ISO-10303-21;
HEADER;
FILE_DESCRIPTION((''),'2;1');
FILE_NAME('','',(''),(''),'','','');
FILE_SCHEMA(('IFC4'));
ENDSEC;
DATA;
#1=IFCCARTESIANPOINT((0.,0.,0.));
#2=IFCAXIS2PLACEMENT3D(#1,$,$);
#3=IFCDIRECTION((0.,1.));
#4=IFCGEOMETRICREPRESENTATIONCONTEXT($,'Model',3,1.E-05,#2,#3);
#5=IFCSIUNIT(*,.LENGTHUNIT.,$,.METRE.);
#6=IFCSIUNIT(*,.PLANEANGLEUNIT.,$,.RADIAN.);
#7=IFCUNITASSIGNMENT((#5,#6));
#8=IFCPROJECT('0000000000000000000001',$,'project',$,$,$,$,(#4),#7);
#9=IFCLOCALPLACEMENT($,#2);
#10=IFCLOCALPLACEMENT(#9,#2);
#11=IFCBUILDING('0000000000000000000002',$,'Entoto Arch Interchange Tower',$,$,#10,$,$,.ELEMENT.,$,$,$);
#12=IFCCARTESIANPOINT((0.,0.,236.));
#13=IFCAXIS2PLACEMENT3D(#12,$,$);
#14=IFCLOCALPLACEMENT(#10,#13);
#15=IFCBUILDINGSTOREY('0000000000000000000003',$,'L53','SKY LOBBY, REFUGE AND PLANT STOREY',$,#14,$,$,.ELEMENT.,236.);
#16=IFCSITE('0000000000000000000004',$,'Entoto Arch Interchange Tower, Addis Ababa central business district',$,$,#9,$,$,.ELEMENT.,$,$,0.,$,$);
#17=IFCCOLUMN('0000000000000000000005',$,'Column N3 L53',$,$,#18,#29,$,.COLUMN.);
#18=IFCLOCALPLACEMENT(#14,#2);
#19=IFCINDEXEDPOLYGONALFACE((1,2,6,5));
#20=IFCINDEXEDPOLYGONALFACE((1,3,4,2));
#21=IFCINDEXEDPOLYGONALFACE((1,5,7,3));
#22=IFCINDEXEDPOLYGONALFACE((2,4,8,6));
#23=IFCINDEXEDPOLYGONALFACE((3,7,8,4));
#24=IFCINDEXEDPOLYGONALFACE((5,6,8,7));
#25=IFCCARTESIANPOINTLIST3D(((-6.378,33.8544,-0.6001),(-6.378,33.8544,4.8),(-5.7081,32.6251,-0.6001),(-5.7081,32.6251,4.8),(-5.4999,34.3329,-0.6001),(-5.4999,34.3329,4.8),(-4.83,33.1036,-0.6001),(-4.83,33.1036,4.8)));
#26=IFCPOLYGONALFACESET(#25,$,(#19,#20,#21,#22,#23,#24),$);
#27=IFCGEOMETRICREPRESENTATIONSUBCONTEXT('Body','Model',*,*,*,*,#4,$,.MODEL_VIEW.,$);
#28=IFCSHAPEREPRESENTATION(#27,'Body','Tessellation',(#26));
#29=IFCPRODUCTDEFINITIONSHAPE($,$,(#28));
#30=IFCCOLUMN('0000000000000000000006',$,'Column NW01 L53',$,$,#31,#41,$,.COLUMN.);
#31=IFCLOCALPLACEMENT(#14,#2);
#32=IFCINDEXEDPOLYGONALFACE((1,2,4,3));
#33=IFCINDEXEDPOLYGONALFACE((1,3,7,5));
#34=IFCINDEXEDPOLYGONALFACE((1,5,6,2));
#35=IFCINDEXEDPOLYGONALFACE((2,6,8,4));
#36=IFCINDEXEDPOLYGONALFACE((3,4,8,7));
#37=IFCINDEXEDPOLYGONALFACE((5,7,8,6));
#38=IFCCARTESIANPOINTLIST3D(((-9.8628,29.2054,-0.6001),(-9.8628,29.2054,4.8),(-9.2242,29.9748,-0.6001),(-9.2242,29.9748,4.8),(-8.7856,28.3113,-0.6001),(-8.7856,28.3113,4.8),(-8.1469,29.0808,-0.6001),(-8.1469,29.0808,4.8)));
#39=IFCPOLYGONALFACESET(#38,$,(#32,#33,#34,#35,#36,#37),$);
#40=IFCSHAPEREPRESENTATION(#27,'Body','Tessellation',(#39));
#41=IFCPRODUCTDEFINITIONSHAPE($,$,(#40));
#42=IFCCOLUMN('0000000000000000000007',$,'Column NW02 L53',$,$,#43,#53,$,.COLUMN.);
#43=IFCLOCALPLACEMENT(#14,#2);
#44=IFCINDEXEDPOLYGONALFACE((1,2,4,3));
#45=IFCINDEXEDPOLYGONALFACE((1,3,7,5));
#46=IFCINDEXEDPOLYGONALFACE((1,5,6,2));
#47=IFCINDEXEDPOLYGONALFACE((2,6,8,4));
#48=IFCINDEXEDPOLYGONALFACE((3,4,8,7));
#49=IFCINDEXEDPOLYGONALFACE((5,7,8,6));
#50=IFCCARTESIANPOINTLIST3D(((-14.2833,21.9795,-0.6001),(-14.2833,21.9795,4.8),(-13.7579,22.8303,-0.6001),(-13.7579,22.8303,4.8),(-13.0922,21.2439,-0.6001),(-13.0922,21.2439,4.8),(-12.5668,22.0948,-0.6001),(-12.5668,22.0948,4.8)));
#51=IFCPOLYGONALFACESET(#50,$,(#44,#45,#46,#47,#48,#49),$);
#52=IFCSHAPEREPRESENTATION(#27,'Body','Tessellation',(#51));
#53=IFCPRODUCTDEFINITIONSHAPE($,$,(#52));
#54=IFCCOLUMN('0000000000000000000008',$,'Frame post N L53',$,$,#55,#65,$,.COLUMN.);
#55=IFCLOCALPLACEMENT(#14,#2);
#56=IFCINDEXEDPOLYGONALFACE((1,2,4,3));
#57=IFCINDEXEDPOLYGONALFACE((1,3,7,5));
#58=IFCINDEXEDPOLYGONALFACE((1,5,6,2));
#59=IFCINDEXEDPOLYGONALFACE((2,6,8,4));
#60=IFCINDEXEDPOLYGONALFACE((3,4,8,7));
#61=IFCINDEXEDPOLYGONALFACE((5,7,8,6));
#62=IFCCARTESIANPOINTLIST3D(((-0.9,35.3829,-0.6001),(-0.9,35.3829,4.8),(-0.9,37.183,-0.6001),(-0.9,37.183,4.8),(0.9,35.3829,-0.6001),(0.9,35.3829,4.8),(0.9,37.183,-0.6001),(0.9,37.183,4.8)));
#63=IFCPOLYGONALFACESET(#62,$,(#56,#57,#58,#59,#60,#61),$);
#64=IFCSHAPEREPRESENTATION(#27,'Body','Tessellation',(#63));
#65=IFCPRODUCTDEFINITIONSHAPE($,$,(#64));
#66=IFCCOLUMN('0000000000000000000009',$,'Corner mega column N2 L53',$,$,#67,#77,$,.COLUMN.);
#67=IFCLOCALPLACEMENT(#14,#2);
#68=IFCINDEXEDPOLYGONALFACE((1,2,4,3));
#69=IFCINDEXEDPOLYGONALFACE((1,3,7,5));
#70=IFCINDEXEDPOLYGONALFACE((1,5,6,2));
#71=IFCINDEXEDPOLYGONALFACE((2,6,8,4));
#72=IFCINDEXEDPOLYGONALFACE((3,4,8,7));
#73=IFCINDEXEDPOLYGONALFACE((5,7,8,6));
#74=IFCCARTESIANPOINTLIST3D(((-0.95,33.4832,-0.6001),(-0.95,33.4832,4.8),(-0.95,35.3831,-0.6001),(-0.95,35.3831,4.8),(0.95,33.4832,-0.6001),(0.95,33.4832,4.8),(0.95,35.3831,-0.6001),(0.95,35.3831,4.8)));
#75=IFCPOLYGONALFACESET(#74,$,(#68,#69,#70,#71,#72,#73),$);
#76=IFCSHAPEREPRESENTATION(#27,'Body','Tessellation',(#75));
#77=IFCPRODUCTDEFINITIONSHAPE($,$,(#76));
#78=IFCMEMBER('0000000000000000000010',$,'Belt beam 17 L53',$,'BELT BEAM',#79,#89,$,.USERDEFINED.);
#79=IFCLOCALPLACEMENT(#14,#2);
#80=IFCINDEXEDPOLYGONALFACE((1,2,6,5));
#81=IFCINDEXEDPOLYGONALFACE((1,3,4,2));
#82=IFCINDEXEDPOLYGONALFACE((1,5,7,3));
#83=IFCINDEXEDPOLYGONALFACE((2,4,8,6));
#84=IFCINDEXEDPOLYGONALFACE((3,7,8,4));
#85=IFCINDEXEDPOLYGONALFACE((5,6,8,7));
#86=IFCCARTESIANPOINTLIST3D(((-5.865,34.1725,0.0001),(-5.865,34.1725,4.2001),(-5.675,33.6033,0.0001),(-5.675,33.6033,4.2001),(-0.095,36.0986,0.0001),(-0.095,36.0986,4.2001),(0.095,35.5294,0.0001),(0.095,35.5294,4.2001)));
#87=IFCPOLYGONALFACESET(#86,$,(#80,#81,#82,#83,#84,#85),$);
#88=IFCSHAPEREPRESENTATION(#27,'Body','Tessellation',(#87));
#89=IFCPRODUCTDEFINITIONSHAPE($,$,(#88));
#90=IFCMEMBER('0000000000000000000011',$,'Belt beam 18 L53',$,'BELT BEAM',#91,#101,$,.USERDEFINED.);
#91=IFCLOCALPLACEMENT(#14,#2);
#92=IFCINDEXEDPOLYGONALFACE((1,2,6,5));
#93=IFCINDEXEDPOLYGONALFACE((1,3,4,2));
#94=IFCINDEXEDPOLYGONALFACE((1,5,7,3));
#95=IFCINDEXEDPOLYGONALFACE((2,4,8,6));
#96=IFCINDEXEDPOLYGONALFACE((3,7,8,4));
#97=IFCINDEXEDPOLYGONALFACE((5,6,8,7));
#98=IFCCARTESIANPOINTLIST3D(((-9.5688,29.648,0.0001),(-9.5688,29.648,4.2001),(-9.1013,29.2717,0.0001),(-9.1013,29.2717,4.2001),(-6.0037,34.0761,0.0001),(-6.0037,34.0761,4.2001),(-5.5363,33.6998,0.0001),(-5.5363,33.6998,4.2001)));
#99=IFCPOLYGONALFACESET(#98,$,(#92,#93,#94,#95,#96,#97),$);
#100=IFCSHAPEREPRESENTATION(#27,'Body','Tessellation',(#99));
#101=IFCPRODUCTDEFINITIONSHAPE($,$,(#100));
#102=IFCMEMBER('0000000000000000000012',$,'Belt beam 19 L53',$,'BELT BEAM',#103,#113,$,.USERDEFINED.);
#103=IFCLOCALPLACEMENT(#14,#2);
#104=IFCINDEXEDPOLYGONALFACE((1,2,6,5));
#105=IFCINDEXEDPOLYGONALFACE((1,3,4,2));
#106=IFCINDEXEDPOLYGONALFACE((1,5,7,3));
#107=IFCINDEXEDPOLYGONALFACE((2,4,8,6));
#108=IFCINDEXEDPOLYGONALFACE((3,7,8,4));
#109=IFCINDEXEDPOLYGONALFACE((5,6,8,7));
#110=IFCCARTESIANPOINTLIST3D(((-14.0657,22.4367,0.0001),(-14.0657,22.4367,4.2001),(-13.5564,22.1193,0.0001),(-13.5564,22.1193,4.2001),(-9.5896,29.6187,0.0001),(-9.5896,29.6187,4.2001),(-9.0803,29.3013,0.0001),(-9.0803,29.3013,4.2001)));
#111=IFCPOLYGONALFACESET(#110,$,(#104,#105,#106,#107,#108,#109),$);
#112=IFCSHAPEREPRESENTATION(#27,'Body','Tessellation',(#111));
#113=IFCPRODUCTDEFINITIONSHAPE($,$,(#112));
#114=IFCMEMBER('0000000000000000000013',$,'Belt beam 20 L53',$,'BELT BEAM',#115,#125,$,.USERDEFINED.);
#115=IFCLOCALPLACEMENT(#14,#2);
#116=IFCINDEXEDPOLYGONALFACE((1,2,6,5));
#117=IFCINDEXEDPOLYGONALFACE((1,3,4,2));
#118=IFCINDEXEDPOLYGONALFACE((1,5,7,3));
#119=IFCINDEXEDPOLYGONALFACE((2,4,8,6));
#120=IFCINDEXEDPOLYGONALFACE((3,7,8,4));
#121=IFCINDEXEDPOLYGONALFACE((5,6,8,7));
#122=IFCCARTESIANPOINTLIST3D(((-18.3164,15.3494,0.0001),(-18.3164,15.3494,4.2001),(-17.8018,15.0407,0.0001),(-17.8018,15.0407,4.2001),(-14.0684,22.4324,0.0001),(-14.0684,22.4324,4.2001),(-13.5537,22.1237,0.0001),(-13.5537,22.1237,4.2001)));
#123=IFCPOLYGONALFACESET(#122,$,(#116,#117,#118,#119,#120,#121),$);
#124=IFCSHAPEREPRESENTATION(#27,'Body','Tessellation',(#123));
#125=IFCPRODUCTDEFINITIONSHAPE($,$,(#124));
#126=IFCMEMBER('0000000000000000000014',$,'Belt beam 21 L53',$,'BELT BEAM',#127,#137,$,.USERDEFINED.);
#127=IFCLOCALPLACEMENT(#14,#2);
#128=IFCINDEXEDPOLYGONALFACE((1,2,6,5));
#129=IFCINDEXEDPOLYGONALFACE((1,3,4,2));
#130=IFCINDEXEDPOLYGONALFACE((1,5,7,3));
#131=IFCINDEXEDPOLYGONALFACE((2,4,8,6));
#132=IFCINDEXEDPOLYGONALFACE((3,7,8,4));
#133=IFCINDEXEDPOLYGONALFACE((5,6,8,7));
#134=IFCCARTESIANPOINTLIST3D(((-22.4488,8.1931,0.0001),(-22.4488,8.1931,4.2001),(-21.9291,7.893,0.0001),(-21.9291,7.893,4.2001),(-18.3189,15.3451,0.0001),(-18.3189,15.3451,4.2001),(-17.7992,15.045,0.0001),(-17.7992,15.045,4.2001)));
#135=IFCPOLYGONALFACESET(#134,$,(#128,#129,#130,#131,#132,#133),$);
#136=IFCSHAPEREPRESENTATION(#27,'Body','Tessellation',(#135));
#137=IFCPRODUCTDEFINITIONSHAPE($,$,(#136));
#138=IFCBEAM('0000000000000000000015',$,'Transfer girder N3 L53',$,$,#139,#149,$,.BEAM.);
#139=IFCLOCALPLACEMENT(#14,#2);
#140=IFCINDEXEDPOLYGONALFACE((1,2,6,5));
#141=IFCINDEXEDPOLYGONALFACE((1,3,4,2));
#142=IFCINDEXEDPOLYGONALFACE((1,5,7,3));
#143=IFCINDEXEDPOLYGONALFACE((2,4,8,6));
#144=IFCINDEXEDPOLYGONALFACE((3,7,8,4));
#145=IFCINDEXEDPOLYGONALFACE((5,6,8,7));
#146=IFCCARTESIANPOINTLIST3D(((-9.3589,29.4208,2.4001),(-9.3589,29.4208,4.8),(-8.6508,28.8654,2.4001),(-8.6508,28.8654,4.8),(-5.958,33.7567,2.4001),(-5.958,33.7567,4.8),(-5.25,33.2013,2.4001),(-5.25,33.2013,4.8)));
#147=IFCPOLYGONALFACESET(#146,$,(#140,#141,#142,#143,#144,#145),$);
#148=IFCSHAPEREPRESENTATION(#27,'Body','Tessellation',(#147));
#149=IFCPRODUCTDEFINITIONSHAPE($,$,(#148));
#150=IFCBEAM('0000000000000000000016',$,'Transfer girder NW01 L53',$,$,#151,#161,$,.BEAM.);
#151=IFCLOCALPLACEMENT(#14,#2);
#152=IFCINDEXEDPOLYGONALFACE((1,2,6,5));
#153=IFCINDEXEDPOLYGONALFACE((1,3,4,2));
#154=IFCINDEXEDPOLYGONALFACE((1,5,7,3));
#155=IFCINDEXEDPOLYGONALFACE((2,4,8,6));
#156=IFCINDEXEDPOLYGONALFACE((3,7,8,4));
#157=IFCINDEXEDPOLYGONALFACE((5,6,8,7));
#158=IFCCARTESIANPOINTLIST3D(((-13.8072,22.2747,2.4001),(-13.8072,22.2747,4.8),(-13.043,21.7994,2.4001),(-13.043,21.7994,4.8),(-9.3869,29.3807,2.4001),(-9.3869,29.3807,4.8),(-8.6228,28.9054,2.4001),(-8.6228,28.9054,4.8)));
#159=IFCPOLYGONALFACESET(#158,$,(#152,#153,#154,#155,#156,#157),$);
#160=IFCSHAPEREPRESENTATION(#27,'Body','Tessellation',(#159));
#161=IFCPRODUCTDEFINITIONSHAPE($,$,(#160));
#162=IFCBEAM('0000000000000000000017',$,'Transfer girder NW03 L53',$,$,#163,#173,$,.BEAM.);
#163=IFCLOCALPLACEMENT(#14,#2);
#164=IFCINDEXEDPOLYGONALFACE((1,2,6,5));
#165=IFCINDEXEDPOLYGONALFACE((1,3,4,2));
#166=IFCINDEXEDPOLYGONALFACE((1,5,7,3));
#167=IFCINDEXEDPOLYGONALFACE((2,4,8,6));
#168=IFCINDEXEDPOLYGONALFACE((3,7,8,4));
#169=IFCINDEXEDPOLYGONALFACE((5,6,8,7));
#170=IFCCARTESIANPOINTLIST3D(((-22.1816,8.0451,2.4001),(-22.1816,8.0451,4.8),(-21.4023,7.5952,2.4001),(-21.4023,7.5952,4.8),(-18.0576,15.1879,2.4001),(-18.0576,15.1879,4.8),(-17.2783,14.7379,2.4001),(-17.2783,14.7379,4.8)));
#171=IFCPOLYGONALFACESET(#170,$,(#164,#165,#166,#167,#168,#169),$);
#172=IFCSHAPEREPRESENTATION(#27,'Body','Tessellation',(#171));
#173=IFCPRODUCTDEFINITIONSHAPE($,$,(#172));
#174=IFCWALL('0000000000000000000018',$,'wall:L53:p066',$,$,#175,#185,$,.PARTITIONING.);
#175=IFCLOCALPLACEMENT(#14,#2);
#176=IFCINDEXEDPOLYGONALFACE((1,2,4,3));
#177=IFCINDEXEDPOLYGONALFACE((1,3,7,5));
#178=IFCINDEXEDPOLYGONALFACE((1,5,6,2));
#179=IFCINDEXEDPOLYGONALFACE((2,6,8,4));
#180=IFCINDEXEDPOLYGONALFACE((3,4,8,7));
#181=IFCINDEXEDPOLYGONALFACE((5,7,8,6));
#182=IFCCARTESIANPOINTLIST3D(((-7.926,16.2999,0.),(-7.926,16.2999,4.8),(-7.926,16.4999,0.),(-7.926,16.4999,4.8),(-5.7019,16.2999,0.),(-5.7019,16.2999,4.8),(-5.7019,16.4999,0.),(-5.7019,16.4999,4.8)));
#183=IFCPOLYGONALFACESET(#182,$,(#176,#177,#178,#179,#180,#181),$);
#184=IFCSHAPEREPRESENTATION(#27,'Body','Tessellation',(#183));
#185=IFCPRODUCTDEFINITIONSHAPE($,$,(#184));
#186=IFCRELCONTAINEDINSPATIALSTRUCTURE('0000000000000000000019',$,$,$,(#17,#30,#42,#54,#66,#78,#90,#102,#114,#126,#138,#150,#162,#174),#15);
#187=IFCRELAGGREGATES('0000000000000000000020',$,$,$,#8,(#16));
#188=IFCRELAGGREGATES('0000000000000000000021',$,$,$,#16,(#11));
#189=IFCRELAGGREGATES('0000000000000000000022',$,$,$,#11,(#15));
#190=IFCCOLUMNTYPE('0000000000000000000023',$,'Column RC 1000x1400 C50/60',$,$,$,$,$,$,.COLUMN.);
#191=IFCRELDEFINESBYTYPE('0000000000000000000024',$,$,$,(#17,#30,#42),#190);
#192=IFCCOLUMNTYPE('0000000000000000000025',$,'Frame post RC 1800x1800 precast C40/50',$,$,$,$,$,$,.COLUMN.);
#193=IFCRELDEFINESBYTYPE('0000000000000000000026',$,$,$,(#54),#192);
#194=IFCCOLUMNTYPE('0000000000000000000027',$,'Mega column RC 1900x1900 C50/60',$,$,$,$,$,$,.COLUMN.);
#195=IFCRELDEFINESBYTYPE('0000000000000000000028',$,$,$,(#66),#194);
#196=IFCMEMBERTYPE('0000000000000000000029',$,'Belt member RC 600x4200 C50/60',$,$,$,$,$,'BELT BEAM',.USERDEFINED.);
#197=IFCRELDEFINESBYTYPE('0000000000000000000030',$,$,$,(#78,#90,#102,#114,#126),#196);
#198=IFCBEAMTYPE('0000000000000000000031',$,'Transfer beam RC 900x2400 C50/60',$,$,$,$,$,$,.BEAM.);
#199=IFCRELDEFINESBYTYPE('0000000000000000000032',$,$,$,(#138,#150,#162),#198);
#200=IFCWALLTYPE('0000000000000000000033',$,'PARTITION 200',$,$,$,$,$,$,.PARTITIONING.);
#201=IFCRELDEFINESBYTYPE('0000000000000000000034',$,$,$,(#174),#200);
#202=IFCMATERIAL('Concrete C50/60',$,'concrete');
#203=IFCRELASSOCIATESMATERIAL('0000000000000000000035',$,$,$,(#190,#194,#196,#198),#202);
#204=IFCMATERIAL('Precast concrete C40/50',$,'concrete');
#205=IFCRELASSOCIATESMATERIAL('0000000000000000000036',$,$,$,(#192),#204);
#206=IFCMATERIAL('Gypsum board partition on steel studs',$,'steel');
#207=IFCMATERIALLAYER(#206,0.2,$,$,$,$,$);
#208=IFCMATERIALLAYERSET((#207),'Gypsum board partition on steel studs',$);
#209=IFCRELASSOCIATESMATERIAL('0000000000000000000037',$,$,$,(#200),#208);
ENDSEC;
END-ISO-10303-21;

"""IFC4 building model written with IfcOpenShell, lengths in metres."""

from ifc_helpers import new_model, si_unit, direction, frame, frame_2d, origin, origin_2d, place, context, subcontext, project, spatial, rectangle, extrude, material, layer, layer_set, material_profile, profile_set, type_object, element, save


model = new_model("IFC4")

# Units and contexts
model_context = context("Model", 3, precision=1e-05, world=origin(), true_north=direction((0.0, 1.0)))
body_context = subcontext(model_context, "Body", "Model", "MODEL_VIEW")
ifc_project = project(units=[si_unit("LENGTHUNIT", "METRE"), si_unit("PLANEANGLEUNIT", "RADIAN")], contexts=[model_context])

# Site, building, storey
site_placement = place(None, origin())
site = spatial("IfcSite", under=ifc_project, at=site_placement, Name="Entoto Arch Interchange Tower, Addis Ababa central business district", CompositionType="ELEMENT", RefElevation=0.0)
building_placement = place(site_placement, origin())
building = spatial("IfcBuilding", under=site, at=building_placement, Name="Entoto Arch Interchange Tower", CompositionType="ELEMENT")
storey_placement = place(building_placement, frame((0.0, 0.0, 236.0)))
storey = spatial("IfcBuildingStorey", under=building, at=storey_placement, Name="L53", Description="SKY LOBBY, REFUGE AND PLANT STOREY", CompositionType="ELEMENT", Elevation=236.0)

# Columns
ifc_material_1 = material(Name="Concrete C50/60", Category="concrete")
ifc_material_profile_1 = material_profile(ifc_material_1, rectangle(XDim=1.0, YDim=1.3999, at=origin_2d()))
ifc_profile_set_1 = profile_set([ifc_material_profile_1], Name="Concrete C50/60")
column_type_1 = type_object("IfcColumnType", Name="Column RC 1000x1400 C50/60", PredefinedType="COLUMN", material=ifc_profile_set_1)
for number, where, z_axis, x_axis, name in (
    (1, (-5.604, 33.479, -0.6001), (0.0, 0.0, 1.0), (0.8781, 0.478477, 0.0), "Column N3 L53"),
    (2, (-9.0049, 29.1431, -0.6001), (0.0, 0.0, 1.0), (0.63866, 0.769489, 0.0), "Column NW01 L53"),
    (3, (-13.425, 22.0371, -0.6001), (0.0, 0.0, 1.0), (0.525427, 0.850839, 0.0), "Column NW02 L53"),
):
    element("IfcColumn", number, at=place(storey_placement, frame(where, z_axis=z_axis, x_axis=x_axis)), inside=storey, type_object=column_type_1, Name=name, PredefinedType="COLUMN", context=body_context, shape_type="SweptSolid", body=[
        extrude(rectangle(XDim=1.0, YDim=1.3999, at=origin_2d()), origin(), (0.0, 0.0, 1.0), 5.4001),
    ])
ifc_material_2 = material(Name="Precast concrete C40/50", Category="concrete")
ifc_material_profile_2 = material_profile(ifc_material_2, rectangle(XDim=1.8, YDim=1.8, at=origin_2d()))
ifc_profile_set_2 = profile_set([ifc_material_profile_2], Name="Precast concrete C40/50")
column_type_2 = type_object("IfcColumnType", Name="Frame post RC 1800x1800 precast C40/50", PredefinedType="COLUMN", material=ifc_profile_set_2)
column_1_placement = place(storey_placement, frame((0.0, 36.283, -0.6001), z_axis=(0.0, 0.0, 1.0), x_axis=(0.0, 1.0, 0.0)))
element("IfcColumn", 4, at=column_1_placement, inside=storey, type_object=column_type_2, Name="Frame post N L53", PredefinedType="COLUMN", context=body_context, shape_type="SweptSolid", body=[
    extrude(rectangle(XDim=1.8, YDim=1.8, at=origin_2d()), origin(), (0.0, 0.0, 1.0), 5.4001),
])
ifc_material_profile_3 = material_profile(ifc_material_1, rectangle(XDim=1.8999, YDim=1.8999, at=origin_2d()))
ifc_profile_set_3 = profile_set([ifc_material_profile_3], Name="Concrete C50/60")
column_type_3 = type_object("IfcColumnType", Name="Mega column RC 1900x1900 C50/60", PredefinedType="COLUMN", material=ifc_profile_set_3)
column_2_placement = place(storey_placement, frame((0.0, 34.4331, -0.6001), z_axis=(0.0, 0.0, 1.0), x_axis=(0.0, 1.0, 0.0)))
element("IfcColumn", 5, at=column_2_placement, inside=storey, type_object=column_type_3, Name="Corner mega column N2 L53", PredefinedType="COLUMN", context=body_context, shape_type="SweptSolid", body=[
    extrude(rectangle(XDim=1.8999, YDim=1.8999, at=origin_2d()), origin(), (0.0, 0.0, 1.0), 5.4001),
])

# Members
ifc_material_profile_4 = material_profile(ifc_material_1, rectangle(XDim=0.6001, YDim=4.2, at=origin_2d()))
ifc_profile_set_4 = profile_set([ifc_material_profile_4], Name="Concrete C50/60")
member_type = type_object("IfcMemberType", Name="Belt member RC 600x4200 C50/60", ElementType="BELT BEAM", PredefinedType="USERDEFINED", material=ifc_profile_set_4)
member_1_placement = place(storey_placement, frame((0.0, 35.814, 2.1001), z_axis=(-0.948551, -0.316625, 0.0), x_axis=(0.316625, -0.948551, 0.0)))
element("IfcMember", 6, at=member_1_placement, inside=storey, type_object=member_type, Name="Belt beam 17 L53", ObjectType="BELT BEAM", PredefinedType="USERDEFINED", context=body_context, shape_type="SweptSolid", body=[
    extrude(rectangle(XDim=0.6001, YDim=4.2, at=origin_2d()), origin(), (0.0, 0.0, 1.0), 6.083),
])
member_2_placement = place(storey_placement, frame((-5.77, 33.8879, 2.1001), z_axis=(-0.627112, -0.778929, 0.0), x_axis=(0.778929, -0.627112, 0.0)))
element("IfcMember", 7, at=member_2_placement, inside=storey, type_object=member_type, Name="Belt beam 18 L53", ObjectType="BELT BEAM", PredefinedType="USERDEFINED", context=body_context, shape_type="SweptSolid", body=[
    extrude(rectangle(XDim=0.6001, YDim=4.2, at=origin_2d()), origin(), (0.0, 0.0, 1.0), 5.6848),
])
member_3_placement = place(storey_placement, frame((-9.335, 29.46, 2.1001), z_axis=(-0.528928, -0.848667, 0.0), x_axis=(0.848667, -0.528928, 0.0)))
element("IfcMember", 8, at=member_3_placement, inside=storey, type_object=member_type, Name="Belt beam 19 L53", ObjectType="BELT BEAM", PredefinedType="USERDEFINED", context=body_context, shape_type="SweptSolid", body=[
    extrude(rectangle(XDim=0.6001, YDim=4.2, at=origin_2d()), origin(), (0.0, 0.0, 1.0), 8.4626),
])
member_4_placement = place(storey_placement, frame((-13.811, 22.2781, 2.1001), z_axis=(-0.514339, -0.857587, 0.0), x_axis=(0.857587, -0.514339, 0.0)))
element("IfcMember", 9, at=member_4_placement, inside=storey, type_object=member_type, Name="Belt beam 20 L53", ObjectType="BELT BEAM", PredefinedType="USERDEFINED", context=body_context, shape_type="SweptSolid", body=[
    extrude(rectangle(XDim=0.6001, YDim=4.2, at=origin_2d()), origin(), (0.0, 0.0, 1.0), 8.2593),
])
member_5_placement = place(storey_placement, frame((-18.0591, 15.1951, 2.1001), z_axis=(-0.500056, -0.865993, 0.0), x_axis=(0.865993, -0.500056, 0.0)))
element("IfcMember", 10, at=member_5_placement, inside=storey, type_object=member_type, Name="Belt beam 21 L53", ObjectType="BELT BEAM", PredefinedType="USERDEFINED", context=body_context, shape_type="SweptSolid", body=[
    extrude(rectangle(XDim=0.6001, YDim=4.2, at=origin_2d()), origin(), (0.0, 0.0, 1.0), 8.2588),
])

# Beams
ifc_material_profile_5 = material_profile(ifc_material_1, rectangle(XDim=0.8999, YDim=2.3999, at=origin_2d()))
ifc_profile_set_5 = profile_set([ifc_material_profile_5], Name="Concrete C50/60")
beam_type = type_object("IfcBeamType", Name="Transfer beam RC 900x2400 C50/60", PredefinedType="BEAM", material=ifc_profile_set_5)
beam_1_placement = place(storey_placement, frame((-5.604, 33.479, 3.6001), z_axis=(-0.617156, -0.786841, 0.0), x_axis=(0.786841, -0.617156, 0.0)))
element("IfcBeam", 11, at=beam_1_placement, inside=storey, type_object=beam_type, Name="Transfer girder N3 L53", PredefinedType="BEAM", context=body_context, shape_type="SweptSolid", body=[
    extrude(rectangle(XDim=0.8999, YDim=2.3999, at=origin_2d()), origin(), (0.0, 0.0, 1.0), 5.5105),
])
beam_2_placement = place(storey_placement, frame((-9.0049, 29.1431, 3.6001), z_axis=(-0.528188, -0.849127, 0.0), x_axis=(0.849127, -0.528188, 0.0)))
element("IfcBeam", 12, at=beam_2_placement, inside=storey, type_object=beam_type, Name="Transfer girder NW01 L53", PredefinedType="BEAM", context=body_context, shape_type="SweptSolid", body=[
    extrude(rectangle(XDim=0.8999, YDim=2.3999, at=origin_2d()), origin(), (0.0, 0.0, 1.0), 8.3687),
])
beam_3_placement = place(storey_placement, frame((-17.668, 14.9629, 3.6001), z_axis=(-0.50001, -0.866019, 0.0), x_axis=(0.866019, -0.50001, 0.0)))
element("IfcBeam", 13, at=beam_3_placement, inside=storey, type_object=beam_type, Name="Transfer girder NW03 L53", PredefinedType="BEAM", context=body_context, shape_type="SweptSolid", body=[
    extrude(rectangle(XDim=0.8999, YDim=2.3999, at=origin_2d()), origin(), (0.0, 0.0, 1.0), 8.2478),
])

# Wall
ifc_material_3 = material(Name="Gypsum board partition on steel studs", Category="steel")
ifc_layer_1 = layer(ifc_material_3, 0.2)
ifc_layer_set_1 = layer_set([ifc_layer_1], Name="Gypsum board partition on steel studs")
wall_type_1 = type_object("IfcWallType", Name="PARTITION 200", PredefinedType="PARTITIONING", material=ifc_layer_set_1)
wall_1_placement = place(storey_placement, frame((-7.926, 16.3999, 0.0), z_axis=(0.0, 0.0, 1.0), x_axis=(1.0, 0.0, 0.0)))
element("IfcWall", 14, at=wall_1_placement, inside=storey, type_object=wall_type_1, Name="wall:L53:p066", PredefinedType="PARTITIONING", context=body_context, shape_type="SweptSolid", body=[
    extrude(rectangle(XDim=2.2241, YDim=0.2, at=frame_2d((1.1121, 0.0))), origin(), (0.0, 0.0, 1.0), 4.8),
])

save(model, "model.ifc")
